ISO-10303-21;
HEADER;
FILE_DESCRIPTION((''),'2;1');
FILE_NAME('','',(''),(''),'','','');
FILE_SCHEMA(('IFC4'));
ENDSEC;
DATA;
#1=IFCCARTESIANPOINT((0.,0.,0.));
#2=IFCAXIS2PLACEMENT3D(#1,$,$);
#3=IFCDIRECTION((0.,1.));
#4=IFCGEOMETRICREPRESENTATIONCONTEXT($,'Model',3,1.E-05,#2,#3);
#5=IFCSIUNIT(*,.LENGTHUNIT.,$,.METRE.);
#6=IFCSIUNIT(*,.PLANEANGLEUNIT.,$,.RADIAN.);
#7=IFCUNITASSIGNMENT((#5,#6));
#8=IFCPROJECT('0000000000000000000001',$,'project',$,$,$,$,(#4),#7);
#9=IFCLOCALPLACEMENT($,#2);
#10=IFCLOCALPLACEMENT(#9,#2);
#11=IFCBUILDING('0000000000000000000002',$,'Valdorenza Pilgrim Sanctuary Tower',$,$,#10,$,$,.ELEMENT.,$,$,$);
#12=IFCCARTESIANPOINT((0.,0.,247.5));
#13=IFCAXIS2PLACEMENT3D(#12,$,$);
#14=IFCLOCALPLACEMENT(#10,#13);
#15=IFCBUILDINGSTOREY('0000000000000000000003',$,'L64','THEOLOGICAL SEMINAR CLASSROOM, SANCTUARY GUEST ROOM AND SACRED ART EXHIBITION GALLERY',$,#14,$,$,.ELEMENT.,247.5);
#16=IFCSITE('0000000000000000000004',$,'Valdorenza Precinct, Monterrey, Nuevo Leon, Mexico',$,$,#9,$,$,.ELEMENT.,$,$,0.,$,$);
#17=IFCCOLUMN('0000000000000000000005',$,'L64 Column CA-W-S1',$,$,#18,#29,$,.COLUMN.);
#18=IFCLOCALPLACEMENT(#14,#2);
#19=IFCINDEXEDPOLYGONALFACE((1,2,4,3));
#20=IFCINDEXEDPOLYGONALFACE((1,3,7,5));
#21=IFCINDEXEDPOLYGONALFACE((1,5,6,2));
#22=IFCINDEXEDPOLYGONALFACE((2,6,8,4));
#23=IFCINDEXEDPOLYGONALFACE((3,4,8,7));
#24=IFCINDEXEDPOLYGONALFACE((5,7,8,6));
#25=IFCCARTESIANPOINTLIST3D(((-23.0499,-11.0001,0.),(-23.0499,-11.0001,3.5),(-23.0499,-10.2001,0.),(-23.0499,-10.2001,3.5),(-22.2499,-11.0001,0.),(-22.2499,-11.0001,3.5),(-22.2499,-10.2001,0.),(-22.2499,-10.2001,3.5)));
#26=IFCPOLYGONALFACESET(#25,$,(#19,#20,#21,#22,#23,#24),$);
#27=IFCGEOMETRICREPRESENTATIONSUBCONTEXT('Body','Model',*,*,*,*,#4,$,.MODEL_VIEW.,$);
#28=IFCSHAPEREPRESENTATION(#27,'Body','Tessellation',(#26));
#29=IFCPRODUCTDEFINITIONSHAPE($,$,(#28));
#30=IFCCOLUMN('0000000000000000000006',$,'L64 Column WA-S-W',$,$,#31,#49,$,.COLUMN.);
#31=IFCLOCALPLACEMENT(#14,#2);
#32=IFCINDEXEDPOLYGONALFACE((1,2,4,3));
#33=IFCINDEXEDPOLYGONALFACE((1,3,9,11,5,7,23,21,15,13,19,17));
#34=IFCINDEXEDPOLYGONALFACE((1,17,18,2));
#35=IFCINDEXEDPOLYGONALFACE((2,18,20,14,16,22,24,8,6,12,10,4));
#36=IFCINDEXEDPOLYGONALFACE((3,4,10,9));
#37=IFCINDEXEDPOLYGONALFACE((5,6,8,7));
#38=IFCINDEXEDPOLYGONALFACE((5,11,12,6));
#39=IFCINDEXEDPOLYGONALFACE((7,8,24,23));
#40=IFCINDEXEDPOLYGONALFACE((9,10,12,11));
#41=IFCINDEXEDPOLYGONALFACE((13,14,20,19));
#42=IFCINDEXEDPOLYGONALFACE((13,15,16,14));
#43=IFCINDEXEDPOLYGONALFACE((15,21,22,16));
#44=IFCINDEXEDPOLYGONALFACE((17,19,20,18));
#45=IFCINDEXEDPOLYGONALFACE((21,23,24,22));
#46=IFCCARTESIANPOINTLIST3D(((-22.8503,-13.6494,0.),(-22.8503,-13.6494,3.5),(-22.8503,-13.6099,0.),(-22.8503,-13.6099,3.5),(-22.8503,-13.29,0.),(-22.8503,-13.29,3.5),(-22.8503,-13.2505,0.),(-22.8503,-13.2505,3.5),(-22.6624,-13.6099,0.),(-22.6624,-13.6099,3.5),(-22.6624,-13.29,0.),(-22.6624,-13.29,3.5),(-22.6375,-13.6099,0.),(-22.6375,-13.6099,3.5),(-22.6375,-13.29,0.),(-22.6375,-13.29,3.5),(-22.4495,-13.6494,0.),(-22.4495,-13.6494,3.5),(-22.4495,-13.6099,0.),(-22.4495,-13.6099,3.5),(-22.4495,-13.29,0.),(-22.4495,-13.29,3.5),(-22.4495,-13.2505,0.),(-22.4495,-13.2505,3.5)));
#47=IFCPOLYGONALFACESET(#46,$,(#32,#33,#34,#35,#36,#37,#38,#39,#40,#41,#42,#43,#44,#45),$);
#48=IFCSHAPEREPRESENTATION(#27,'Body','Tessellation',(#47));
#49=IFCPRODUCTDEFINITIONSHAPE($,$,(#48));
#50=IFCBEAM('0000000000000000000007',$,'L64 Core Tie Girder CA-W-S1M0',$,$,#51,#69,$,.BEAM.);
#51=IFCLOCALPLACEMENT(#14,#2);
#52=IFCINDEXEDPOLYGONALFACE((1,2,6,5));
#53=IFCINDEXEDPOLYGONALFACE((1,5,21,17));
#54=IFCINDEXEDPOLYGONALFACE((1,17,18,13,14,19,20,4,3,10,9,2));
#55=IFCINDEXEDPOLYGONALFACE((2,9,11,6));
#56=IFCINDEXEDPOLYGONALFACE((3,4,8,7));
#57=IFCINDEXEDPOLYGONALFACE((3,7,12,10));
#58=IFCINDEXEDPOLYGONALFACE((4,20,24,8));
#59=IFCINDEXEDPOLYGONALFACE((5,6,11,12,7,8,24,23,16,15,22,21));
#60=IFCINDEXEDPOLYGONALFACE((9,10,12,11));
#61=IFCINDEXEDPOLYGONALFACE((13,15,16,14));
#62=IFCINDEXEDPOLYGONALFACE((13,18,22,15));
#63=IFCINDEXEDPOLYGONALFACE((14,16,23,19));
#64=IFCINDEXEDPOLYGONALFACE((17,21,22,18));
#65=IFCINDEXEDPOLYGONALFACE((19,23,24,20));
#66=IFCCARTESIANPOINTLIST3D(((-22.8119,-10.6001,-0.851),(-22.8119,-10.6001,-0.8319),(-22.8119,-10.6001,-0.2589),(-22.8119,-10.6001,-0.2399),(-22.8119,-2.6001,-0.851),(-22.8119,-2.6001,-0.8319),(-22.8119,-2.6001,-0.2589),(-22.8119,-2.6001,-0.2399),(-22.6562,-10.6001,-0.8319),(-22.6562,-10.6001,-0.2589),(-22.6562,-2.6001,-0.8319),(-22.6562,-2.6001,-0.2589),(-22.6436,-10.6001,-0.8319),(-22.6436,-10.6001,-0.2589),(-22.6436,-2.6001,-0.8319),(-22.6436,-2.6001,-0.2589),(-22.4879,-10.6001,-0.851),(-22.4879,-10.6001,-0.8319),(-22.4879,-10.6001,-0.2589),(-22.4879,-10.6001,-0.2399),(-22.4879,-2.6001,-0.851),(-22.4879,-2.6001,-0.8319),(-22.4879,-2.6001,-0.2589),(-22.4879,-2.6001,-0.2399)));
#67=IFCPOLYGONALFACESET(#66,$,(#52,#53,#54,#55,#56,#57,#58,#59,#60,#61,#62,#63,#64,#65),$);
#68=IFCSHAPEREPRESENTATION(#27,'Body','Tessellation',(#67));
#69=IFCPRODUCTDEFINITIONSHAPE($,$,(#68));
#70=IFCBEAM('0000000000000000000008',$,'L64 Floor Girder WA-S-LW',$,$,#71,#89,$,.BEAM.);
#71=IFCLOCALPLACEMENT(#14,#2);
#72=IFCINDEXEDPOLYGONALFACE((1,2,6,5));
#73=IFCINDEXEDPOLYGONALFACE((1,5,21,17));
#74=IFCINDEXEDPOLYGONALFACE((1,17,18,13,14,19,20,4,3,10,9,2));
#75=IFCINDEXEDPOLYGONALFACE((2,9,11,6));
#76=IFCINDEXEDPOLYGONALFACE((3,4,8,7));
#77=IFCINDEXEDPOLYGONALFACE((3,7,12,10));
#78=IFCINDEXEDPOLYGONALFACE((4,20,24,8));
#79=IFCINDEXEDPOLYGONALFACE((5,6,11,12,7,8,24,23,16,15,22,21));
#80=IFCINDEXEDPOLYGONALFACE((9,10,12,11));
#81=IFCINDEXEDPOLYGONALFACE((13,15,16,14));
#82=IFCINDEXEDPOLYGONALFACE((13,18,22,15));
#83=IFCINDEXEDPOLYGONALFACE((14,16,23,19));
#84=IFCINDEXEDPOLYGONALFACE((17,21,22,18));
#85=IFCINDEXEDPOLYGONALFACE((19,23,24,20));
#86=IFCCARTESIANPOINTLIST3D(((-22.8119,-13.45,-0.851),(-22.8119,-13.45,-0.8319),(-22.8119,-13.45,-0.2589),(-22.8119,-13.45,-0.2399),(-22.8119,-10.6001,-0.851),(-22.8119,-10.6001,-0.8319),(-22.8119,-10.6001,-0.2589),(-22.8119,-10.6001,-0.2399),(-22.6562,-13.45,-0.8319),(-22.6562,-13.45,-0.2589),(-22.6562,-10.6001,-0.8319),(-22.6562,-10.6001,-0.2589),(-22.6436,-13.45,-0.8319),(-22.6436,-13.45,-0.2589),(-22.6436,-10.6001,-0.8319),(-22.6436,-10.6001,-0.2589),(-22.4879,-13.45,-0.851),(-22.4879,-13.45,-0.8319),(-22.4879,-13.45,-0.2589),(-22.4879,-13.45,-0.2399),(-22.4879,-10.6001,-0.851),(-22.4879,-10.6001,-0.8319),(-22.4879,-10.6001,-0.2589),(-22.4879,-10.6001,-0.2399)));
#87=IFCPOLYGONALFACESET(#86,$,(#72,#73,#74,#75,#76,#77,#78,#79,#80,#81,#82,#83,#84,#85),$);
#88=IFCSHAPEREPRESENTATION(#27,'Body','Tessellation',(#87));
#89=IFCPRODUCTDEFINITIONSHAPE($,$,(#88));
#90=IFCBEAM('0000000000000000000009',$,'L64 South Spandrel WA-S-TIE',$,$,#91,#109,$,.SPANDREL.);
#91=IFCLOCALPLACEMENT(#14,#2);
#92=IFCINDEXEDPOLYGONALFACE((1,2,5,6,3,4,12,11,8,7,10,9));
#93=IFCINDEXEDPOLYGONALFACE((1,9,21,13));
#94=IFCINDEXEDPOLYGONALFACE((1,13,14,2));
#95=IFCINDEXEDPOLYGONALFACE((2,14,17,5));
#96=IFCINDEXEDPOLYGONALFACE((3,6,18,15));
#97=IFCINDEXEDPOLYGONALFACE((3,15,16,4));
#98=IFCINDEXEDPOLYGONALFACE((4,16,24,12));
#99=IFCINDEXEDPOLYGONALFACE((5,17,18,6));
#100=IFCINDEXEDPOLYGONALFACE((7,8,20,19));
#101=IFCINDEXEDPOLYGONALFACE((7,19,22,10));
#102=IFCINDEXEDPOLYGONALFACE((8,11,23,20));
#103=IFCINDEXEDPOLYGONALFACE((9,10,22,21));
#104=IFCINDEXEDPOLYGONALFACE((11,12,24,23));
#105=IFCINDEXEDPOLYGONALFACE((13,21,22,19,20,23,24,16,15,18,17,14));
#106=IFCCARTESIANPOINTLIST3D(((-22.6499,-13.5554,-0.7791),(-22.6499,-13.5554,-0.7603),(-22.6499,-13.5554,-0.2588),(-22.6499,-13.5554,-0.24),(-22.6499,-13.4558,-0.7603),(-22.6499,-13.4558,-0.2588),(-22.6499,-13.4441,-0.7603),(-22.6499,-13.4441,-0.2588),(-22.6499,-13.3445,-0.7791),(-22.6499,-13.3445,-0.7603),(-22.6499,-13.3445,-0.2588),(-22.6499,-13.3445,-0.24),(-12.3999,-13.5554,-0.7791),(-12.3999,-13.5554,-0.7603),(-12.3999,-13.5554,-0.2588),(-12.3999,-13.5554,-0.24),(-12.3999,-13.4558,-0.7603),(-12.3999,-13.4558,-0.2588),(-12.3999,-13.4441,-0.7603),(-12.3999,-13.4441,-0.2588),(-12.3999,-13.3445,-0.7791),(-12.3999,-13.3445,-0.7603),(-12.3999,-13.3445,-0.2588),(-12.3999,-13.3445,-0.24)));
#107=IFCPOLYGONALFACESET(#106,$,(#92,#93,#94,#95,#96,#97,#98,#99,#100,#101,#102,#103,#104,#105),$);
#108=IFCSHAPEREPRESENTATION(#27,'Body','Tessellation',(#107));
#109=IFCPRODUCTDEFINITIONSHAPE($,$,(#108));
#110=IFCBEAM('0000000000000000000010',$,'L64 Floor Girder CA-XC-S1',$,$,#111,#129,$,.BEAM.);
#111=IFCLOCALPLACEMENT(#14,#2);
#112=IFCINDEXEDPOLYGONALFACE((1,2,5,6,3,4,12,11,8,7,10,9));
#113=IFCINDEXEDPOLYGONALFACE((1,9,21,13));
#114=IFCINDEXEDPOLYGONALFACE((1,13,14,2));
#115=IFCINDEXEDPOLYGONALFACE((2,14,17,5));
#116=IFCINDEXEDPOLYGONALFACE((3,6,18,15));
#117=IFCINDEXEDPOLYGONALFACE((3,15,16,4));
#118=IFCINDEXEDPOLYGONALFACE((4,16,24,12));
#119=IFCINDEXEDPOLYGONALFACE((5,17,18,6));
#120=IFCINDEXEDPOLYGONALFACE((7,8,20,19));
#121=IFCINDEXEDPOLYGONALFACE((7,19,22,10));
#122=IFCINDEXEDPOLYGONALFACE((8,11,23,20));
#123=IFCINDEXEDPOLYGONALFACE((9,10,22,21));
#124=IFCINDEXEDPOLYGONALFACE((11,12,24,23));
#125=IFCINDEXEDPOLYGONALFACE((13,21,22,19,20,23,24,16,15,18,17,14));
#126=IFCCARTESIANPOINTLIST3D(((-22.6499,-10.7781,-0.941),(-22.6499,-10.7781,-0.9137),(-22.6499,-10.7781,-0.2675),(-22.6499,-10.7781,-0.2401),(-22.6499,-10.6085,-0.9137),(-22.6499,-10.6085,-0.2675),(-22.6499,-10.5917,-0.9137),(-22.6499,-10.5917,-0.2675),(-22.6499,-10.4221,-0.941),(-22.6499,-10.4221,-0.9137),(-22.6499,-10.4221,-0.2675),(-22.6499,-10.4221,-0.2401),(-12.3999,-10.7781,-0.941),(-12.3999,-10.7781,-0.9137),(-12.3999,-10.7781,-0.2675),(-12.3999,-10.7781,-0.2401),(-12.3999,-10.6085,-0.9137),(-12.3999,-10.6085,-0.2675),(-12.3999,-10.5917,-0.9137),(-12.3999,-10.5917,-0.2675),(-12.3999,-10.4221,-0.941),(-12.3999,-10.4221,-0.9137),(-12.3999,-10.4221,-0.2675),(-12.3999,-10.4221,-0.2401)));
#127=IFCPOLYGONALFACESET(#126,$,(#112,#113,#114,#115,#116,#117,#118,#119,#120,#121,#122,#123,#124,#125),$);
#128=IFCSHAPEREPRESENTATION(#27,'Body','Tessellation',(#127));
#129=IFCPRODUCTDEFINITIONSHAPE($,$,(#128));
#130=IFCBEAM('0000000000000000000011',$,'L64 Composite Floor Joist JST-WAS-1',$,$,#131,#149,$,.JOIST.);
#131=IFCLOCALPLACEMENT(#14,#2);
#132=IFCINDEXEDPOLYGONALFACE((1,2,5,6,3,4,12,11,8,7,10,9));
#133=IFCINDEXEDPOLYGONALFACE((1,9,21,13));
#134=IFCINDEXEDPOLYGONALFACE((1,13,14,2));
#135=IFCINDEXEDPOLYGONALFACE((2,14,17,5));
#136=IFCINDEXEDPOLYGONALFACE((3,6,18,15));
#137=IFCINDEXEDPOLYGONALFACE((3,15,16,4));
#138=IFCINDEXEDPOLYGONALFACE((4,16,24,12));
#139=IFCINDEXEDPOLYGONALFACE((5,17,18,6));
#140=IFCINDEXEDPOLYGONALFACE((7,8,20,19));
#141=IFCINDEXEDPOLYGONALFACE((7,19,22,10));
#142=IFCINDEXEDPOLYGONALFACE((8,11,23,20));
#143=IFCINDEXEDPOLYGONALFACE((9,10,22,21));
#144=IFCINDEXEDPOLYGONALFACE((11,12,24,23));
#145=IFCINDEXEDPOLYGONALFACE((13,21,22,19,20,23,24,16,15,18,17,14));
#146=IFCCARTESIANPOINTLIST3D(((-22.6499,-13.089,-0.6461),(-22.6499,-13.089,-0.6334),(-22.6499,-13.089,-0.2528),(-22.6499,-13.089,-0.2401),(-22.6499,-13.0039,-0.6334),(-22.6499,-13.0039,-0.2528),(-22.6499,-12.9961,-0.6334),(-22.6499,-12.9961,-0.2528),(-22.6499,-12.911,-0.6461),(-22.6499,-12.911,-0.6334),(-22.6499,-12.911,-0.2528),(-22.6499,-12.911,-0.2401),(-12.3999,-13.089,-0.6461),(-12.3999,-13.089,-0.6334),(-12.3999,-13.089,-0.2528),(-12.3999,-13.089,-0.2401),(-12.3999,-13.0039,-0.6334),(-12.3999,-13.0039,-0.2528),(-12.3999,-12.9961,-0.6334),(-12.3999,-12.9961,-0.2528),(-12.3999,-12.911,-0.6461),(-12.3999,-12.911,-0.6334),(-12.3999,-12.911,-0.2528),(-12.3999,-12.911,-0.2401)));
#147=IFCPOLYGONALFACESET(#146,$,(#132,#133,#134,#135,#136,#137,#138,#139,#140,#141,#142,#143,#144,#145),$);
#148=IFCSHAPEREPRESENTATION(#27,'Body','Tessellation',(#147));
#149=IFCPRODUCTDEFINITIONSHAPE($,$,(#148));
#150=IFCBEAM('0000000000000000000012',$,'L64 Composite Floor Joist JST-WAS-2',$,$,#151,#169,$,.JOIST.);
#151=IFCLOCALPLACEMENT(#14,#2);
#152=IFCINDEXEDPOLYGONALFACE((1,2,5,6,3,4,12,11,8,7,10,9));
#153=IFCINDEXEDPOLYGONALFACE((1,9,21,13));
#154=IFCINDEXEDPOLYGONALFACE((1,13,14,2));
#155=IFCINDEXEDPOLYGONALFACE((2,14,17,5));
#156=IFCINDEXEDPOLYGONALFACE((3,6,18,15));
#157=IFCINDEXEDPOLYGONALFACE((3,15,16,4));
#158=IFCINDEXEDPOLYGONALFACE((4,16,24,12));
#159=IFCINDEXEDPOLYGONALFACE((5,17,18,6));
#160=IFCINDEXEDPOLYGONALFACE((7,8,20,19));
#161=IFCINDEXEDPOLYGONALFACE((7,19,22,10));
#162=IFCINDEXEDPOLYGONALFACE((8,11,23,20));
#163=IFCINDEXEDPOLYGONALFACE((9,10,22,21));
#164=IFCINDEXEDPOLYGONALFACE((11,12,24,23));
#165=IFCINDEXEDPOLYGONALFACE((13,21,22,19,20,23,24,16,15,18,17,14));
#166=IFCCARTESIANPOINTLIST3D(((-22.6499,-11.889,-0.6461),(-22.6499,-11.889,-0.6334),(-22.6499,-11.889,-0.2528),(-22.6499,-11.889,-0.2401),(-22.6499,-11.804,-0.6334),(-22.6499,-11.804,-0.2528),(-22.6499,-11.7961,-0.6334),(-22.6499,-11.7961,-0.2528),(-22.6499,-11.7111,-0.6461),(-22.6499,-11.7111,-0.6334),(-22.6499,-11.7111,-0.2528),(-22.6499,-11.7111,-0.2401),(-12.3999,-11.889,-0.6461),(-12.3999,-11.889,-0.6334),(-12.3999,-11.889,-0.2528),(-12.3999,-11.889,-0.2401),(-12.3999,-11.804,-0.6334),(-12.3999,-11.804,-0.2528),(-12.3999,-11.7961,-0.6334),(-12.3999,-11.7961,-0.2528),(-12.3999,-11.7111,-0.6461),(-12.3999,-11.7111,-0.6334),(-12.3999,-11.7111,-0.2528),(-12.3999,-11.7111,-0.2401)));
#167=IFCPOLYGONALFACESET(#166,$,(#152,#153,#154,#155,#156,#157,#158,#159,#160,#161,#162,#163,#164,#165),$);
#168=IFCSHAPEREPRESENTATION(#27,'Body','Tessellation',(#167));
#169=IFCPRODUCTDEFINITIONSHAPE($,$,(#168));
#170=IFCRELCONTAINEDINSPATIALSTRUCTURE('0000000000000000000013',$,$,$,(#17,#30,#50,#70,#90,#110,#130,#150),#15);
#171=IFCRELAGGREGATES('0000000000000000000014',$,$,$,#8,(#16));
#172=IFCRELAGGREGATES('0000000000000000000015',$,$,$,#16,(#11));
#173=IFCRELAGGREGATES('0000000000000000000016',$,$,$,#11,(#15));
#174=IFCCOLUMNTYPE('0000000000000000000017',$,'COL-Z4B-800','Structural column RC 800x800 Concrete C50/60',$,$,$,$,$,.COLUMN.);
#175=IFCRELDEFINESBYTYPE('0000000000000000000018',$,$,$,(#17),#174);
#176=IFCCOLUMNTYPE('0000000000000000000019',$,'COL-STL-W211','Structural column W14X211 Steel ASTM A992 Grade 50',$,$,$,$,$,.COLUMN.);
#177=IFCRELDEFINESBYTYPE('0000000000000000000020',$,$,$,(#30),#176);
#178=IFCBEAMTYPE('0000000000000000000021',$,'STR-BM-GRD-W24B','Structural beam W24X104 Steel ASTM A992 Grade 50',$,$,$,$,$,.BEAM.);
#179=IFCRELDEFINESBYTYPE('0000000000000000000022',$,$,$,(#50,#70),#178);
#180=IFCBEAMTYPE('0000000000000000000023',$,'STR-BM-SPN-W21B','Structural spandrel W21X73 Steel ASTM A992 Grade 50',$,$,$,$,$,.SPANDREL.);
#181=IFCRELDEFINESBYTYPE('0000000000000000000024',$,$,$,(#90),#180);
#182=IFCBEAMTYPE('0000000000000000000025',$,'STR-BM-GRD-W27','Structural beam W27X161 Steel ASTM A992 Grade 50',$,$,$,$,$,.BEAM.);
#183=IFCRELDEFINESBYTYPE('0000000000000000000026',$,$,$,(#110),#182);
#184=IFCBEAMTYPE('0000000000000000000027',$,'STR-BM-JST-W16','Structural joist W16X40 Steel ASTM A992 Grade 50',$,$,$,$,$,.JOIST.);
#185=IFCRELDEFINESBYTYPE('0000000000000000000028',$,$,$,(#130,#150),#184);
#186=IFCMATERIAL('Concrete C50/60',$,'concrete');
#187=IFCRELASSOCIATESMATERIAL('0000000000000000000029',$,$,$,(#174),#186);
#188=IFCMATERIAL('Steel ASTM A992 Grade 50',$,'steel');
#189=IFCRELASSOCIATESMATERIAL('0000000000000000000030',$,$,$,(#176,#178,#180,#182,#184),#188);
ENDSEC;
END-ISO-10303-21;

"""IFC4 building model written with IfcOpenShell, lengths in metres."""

from ifc_helpers import new_model, si_unit, direction, frame, origin, origin_2d, place, context, subcontext, project, spatial, rectangle, i_section, extrude, source, transform, mapped, material, material_profile, profile_set, type_object, element, save


model = new_model("IFC4")

# Units and contexts
model_context = context("Model", 3, precision=1e-05, world=origin(), true_north=direction((0.0, 1.0)))
body_context = subcontext(model_context, "Body", "Model", "MODEL_VIEW")
ifc_project = project(units=[si_unit("LENGTHUNIT", "METRE"), si_unit("PLANEANGLEUNIT", "RADIAN")], contexts=[model_context])

# Site, building, storey
site_placement = place(None, origin())
site = spatial("IfcSite", under=ifc_project, at=site_placement, Name="Valdorenza Precinct, Monterrey, Nuevo Leon, Mexico", CompositionType="ELEMENT", RefElevation=0.0)
building_placement = place(site_placement, origin())
building = spatial("IfcBuilding", under=site, at=building_placement, Name="Valdorenza Pilgrim Sanctuary Tower", CompositionType="ELEMENT")
storey_placement = place(building_placement, frame((0.0, 0.0, 247.5)))
storey = spatial("IfcBuildingStorey", under=building, at=storey_placement, Name="L64", Description="THEOLOGICAL SEMINAR CLASSROOM, SANCTUARY GUEST ROOM AND SACRED ART EXHIBITION GALLERY", CompositionType="ELEMENT", Elevation=247.5)

# Columns
ifc_material_1 = material(Name="Concrete C50/60", Category="concrete")
ifc_material_profile_1 = material_profile(ifc_material_1, rectangle(XDim=0.8, YDim=0.8, at=origin_2d()), Name="RC 800x800")
ifc_profile_set_1 = profile_set([ifc_material_profile_1], Name="Concrete C50/60")
column_type_1 = type_object("IfcColumnType", Name="COL-Z4B-800", Description="Structural column RC 800x800 Concrete C50/60", PredefinedType="COLUMN", material=ifc_profile_set_1)
shared_shape_1 = source(origin(), body_context, "Body", "SweptSolid", [
    extrude(rectangle(XDim=0.8, YDim=0.8, at=origin_2d()), origin(), (0.0, 0.0, 1.0), 3.5),
])
column_1_placement = place(storey_placement, frame((-22.6499, -10.6001, 0.0), z_axis=(0.0, 0.0, 1.0), x_axis=(1.0, 0.0, 0.0)))
element("IfcColumn", 1, at=column_1_placement, inside=storey, type_object=column_type_1, Name="L64 Column CA-W-S1", PredefinedType="COLUMN", context=body_context, shape_type="MappedRepresentation", body=[
    mapped(shared_shape_1, transform((0.0, 0.0, 0.0), x_axis=(1.0, 0.0, 0.0), y_axis=(0.0, 1.0, 0.0), z_axis=(0.0, 0.0, 1.0), scale=1.0)),
])
ifc_material_2 = material(Name="Steel ASTM A992 Grade 50", Category="steel")
ifc_material_profile_2 = material_profile(ifc_material_2, i_section(OverallWidth=0.4009, OverallDepth=0.3989, WebThickness=0.0249, FlangeThickness=0.0396, at=origin_2d()), Name="W14X211")
ifc_profile_set_2 = profile_set([ifc_material_profile_2], Name="Steel ASTM A992 Grade 50")
column_type_2 = type_object("IfcColumnType", Name="COL-STL-W211", Description="Structural column W14X211 Steel ASTM A992 Grade 50", PredefinedType="COLUMN", material=ifc_profile_set_2)
shared_shape_2 = source(origin(), body_context, "Body", "SweptSolid", [
    extrude(i_section(OverallWidth=0.4009, OverallDepth=0.3989, WebThickness=0.0249, FlangeThickness=0.0396, at=origin_2d()), origin(), (0.0, 0.0, 1.0), 3.5),
])
column_2_placement = place(storey_placement, frame((-22.6499, -13.45, 0.0), z_axis=(0.0, 0.0, 1.0), x_axis=(1.0, 0.0, 0.0)))
element("IfcColumn", 2, at=column_2_placement, inside=storey, type_object=column_type_2, Name="L64 Column WA-S-W", PredefinedType="COLUMN", context=body_context, shape_type="MappedRepresentation", body=[
    mapped(shared_shape_2, transform((0.0, 0.0, 0.0), x_axis=(1.0, 0.0, 0.0), y_axis=(0.0, 1.0, 0.0), z_axis=(0.0, 0.0, 1.0), scale=1.0)),
])

# Beams
ifc_material_profile_3 = material_profile(ifc_material_2, i_section(OverallWidth=0.324, OverallDepth=0.6111, WebThickness=0.0127, FlangeThickness=0.019, at=origin_2d()), Name="W24X104")
ifc_profile_set_3 = profile_set([ifc_material_profile_3], Name="Steel ASTM A992 Grade 50")
beam_type_1 = type_object("IfcBeamType", Name="STR-BM-GRD-W24B", Description="Structural beam W24X104 Steel ASTM A992 Grade 50", PredefinedType="BEAM", material=ifc_profile_set_3)
shared_shape_3 = source(origin(), body_context, "Body", "SweptSolid", [
    extrude(i_section(OverallWidth=0.324, OverallDepth=0.6111, WebThickness=0.0127, FlangeThickness=0.019, at=origin_2d()), origin(), (0.0, 0.0, 1.0), 8.0),
])
beam_1_placement = place(storey_placement, frame((-22.6499, -10.6001, -0.5454), z_axis=(0.0, 1.0, 0.0), x_axis=(-1.0, 0.0, 0.0)))
element("IfcBeam", 3, at=beam_1_placement, inside=storey, type_object=beam_type_1, Name="L64 Core Tie Girder CA-W-S1M0", PredefinedType="BEAM", context=body_context, shape_type="MappedRepresentation", body=[
    mapped(shared_shape_3, transform((0.0, 0.0, 0.0), x_axis=(1.0, 0.0, 0.0), y_axis=(0.0, 1.0, 0.0), z_axis=(0.0, 0.0, 1.0), scale=1.0)),
])
shared_shape_4 = source(origin(), body_context, "Body", "SweptSolid", [
    extrude(i_section(OverallWidth=0.324, OverallDepth=0.6111, WebThickness=0.0127, FlangeThickness=0.019, at=origin_2d()), origin(), (0.0, 0.0, 1.0), 2.8499),
])
beam_2_placement = place(storey_placement, frame((-22.6499, -13.45, -0.5454), z_axis=(0.0, 1.0, 0.0), x_axis=(-1.0, 0.0, 0.0)))
element("IfcBeam", 4, at=beam_2_placement, inside=storey, type_object=beam_type_1, Name="L64 Floor Girder WA-S-LW", PredefinedType="BEAM", context=body_context, shape_type="MappedRepresentation", body=[
    mapped(shared_shape_4, transform((0.0, 0.0, 0.0), x_axis=(1.0, 0.0, 0.0), y_axis=(0.0, 1.0, 0.0), z_axis=(0.0, 0.0, 1.0), scale=1.0)),
])
ifc_material_profile_4 = material_profile(ifc_material_2, i_section(OverallWidth=0.2109, OverallDepth=0.5391, WebThickness=0.0117, FlangeThickness=0.0188, at=origin_2d()), Name="W21X73")
ifc_profile_set_4 = profile_set([ifc_material_profile_4], Name="Steel ASTM A992 Grade 50")
beam_type_2 = type_object("IfcBeamType", Name="STR-BM-SPN-W21B", Description="Structural spandrel W21X73 Steel ASTM A992 Grade 50", PredefinedType="SPANDREL", material=ifc_profile_set_4)
shared_shape_5 = source(origin(), body_context, "Body", "SweptSolid", [
    extrude(i_section(OverallWidth=0.2109, OverallDepth=0.5391, WebThickness=0.0117, FlangeThickness=0.0188, at=origin_2d()), origin(), (0.0, 0.0, 1.0), 10.25),
])
beam_3_placement = place(storey_placement, frame((-22.6499, -13.45, -0.5095), z_axis=(1.0, 0.0, 0.0), x_axis=(0.0, 1.0, 0.0)))
element("IfcBeam", 5, at=beam_3_placement, inside=storey, type_object=beam_type_2, Name="L64 South Spandrel WA-S-TIE", PredefinedType="SPANDREL", context=body_context, shape_type="MappedRepresentation", body=[
    mapped(shared_shape_5, transform((0.0, 0.0, 0.0), x_axis=(1.0, 0.0, 0.0), y_axis=(0.0, 1.0, 0.0), z_axis=(0.0, 0.0, 1.0), scale=1.0)),
])
ifc_material_profile_5 = material_profile(ifc_material_2, i_section(OverallWidth=0.356, OverallDepth=0.7009, WebThickness=0.0168, FlangeThickness=0.0273, at=origin_2d()), Name="W27X161")
ifc_profile_set_5 = profile_set([ifc_material_profile_5], Name="Steel ASTM A992 Grade 50")
beam_type_3 = type_object("IfcBeamType", Name="STR-BM-GRD-W27", Description="Structural beam W27X161 Steel ASTM A992 Grade 50", PredefinedType="BEAM", material=ifc_profile_set_5)
shared_shape_6 = source(origin(), body_context, "Body", "SweptSolid", [
    extrude(i_section(OverallWidth=0.356, OverallDepth=0.7009, WebThickness=0.0168, FlangeThickness=0.0273, at=origin_2d()), origin(), (0.0, 0.0, 1.0), 10.25),
])
beam_4_placement = place(storey_placement, frame((-22.6499, -10.6001, -0.5906), z_axis=(1.0, 0.0, 0.0), x_axis=(0.0, 1.0, 0.0)))
element("IfcBeam", 6, at=beam_4_placement, inside=storey, type_object=beam_type_3, Name="L64 Floor Girder CA-XC-S1", PredefinedType="BEAM", context=body_context, shape_type="MappedRepresentation", body=[
    mapped(shared_shape_6, transform((0.0, 0.0, 0.0), x_axis=(1.0, 0.0, 0.0), y_axis=(0.0, 1.0, 0.0), z_axis=(0.0, 0.0, 1.0), scale=1.0)),
])
ifc_material_profile_6 = material_profile(ifc_material_2, i_section(OverallWidth=0.178, OverallDepth=0.406, WebThickness=0.0078, FlangeThickness=0.0127, at=origin_2d()), Name="W16X40")
ifc_profile_set_6 = profile_set([ifc_material_profile_6], Name="Steel ASTM A992 Grade 50")
beam_type_4 = type_object("IfcBeamType", Name="STR-BM-JST-W16", Description="Structural joist W16X40 Steel ASTM A992 Grade 50", PredefinedType="JOIST", material=ifc_profile_set_6)
shared_shape_7 = source(origin(), body_context, "Body", "SweptSolid", [
    extrude(i_section(OverallWidth=0.178, OverallDepth=0.406, WebThickness=0.0078, FlangeThickness=0.0127, at=origin_2d()), origin(), (0.0, 0.0, 1.0), 10.25),
])
for number, where, z_axis, x_axis, name in (
    (7, (-22.6499, -13.0, -0.4431), (1.0, 0.0, 0.0), (0.0, 1.0, 0.0), "L64 Composite Floor Joist JST-WAS-1"),
    (8, (-22.6499, -11.8, -0.4431), (1.0, 0.0, 0.0), (0.0, 1.0, 0.0), "L64 Composite Floor Joist JST-WAS-2"),
):
    element("IfcBeam", number, at=place(storey_placement, frame(where, z_axis=z_axis, x_axis=x_axis)), inside=storey, type_object=beam_type_4, Name=name, PredefinedType="JOIST", context=body_context, shape_type="MappedRepresentation", body=[
        mapped(shared_shape_7, transform((0.0, 0.0, 0.0), x_axis=(1.0, 0.0, 0.0), y_axis=(0.0, 1.0, 0.0), z_axis=(0.0, 0.0, 1.0), scale=1.0)),
    ])

save(model, "model.ifc")
